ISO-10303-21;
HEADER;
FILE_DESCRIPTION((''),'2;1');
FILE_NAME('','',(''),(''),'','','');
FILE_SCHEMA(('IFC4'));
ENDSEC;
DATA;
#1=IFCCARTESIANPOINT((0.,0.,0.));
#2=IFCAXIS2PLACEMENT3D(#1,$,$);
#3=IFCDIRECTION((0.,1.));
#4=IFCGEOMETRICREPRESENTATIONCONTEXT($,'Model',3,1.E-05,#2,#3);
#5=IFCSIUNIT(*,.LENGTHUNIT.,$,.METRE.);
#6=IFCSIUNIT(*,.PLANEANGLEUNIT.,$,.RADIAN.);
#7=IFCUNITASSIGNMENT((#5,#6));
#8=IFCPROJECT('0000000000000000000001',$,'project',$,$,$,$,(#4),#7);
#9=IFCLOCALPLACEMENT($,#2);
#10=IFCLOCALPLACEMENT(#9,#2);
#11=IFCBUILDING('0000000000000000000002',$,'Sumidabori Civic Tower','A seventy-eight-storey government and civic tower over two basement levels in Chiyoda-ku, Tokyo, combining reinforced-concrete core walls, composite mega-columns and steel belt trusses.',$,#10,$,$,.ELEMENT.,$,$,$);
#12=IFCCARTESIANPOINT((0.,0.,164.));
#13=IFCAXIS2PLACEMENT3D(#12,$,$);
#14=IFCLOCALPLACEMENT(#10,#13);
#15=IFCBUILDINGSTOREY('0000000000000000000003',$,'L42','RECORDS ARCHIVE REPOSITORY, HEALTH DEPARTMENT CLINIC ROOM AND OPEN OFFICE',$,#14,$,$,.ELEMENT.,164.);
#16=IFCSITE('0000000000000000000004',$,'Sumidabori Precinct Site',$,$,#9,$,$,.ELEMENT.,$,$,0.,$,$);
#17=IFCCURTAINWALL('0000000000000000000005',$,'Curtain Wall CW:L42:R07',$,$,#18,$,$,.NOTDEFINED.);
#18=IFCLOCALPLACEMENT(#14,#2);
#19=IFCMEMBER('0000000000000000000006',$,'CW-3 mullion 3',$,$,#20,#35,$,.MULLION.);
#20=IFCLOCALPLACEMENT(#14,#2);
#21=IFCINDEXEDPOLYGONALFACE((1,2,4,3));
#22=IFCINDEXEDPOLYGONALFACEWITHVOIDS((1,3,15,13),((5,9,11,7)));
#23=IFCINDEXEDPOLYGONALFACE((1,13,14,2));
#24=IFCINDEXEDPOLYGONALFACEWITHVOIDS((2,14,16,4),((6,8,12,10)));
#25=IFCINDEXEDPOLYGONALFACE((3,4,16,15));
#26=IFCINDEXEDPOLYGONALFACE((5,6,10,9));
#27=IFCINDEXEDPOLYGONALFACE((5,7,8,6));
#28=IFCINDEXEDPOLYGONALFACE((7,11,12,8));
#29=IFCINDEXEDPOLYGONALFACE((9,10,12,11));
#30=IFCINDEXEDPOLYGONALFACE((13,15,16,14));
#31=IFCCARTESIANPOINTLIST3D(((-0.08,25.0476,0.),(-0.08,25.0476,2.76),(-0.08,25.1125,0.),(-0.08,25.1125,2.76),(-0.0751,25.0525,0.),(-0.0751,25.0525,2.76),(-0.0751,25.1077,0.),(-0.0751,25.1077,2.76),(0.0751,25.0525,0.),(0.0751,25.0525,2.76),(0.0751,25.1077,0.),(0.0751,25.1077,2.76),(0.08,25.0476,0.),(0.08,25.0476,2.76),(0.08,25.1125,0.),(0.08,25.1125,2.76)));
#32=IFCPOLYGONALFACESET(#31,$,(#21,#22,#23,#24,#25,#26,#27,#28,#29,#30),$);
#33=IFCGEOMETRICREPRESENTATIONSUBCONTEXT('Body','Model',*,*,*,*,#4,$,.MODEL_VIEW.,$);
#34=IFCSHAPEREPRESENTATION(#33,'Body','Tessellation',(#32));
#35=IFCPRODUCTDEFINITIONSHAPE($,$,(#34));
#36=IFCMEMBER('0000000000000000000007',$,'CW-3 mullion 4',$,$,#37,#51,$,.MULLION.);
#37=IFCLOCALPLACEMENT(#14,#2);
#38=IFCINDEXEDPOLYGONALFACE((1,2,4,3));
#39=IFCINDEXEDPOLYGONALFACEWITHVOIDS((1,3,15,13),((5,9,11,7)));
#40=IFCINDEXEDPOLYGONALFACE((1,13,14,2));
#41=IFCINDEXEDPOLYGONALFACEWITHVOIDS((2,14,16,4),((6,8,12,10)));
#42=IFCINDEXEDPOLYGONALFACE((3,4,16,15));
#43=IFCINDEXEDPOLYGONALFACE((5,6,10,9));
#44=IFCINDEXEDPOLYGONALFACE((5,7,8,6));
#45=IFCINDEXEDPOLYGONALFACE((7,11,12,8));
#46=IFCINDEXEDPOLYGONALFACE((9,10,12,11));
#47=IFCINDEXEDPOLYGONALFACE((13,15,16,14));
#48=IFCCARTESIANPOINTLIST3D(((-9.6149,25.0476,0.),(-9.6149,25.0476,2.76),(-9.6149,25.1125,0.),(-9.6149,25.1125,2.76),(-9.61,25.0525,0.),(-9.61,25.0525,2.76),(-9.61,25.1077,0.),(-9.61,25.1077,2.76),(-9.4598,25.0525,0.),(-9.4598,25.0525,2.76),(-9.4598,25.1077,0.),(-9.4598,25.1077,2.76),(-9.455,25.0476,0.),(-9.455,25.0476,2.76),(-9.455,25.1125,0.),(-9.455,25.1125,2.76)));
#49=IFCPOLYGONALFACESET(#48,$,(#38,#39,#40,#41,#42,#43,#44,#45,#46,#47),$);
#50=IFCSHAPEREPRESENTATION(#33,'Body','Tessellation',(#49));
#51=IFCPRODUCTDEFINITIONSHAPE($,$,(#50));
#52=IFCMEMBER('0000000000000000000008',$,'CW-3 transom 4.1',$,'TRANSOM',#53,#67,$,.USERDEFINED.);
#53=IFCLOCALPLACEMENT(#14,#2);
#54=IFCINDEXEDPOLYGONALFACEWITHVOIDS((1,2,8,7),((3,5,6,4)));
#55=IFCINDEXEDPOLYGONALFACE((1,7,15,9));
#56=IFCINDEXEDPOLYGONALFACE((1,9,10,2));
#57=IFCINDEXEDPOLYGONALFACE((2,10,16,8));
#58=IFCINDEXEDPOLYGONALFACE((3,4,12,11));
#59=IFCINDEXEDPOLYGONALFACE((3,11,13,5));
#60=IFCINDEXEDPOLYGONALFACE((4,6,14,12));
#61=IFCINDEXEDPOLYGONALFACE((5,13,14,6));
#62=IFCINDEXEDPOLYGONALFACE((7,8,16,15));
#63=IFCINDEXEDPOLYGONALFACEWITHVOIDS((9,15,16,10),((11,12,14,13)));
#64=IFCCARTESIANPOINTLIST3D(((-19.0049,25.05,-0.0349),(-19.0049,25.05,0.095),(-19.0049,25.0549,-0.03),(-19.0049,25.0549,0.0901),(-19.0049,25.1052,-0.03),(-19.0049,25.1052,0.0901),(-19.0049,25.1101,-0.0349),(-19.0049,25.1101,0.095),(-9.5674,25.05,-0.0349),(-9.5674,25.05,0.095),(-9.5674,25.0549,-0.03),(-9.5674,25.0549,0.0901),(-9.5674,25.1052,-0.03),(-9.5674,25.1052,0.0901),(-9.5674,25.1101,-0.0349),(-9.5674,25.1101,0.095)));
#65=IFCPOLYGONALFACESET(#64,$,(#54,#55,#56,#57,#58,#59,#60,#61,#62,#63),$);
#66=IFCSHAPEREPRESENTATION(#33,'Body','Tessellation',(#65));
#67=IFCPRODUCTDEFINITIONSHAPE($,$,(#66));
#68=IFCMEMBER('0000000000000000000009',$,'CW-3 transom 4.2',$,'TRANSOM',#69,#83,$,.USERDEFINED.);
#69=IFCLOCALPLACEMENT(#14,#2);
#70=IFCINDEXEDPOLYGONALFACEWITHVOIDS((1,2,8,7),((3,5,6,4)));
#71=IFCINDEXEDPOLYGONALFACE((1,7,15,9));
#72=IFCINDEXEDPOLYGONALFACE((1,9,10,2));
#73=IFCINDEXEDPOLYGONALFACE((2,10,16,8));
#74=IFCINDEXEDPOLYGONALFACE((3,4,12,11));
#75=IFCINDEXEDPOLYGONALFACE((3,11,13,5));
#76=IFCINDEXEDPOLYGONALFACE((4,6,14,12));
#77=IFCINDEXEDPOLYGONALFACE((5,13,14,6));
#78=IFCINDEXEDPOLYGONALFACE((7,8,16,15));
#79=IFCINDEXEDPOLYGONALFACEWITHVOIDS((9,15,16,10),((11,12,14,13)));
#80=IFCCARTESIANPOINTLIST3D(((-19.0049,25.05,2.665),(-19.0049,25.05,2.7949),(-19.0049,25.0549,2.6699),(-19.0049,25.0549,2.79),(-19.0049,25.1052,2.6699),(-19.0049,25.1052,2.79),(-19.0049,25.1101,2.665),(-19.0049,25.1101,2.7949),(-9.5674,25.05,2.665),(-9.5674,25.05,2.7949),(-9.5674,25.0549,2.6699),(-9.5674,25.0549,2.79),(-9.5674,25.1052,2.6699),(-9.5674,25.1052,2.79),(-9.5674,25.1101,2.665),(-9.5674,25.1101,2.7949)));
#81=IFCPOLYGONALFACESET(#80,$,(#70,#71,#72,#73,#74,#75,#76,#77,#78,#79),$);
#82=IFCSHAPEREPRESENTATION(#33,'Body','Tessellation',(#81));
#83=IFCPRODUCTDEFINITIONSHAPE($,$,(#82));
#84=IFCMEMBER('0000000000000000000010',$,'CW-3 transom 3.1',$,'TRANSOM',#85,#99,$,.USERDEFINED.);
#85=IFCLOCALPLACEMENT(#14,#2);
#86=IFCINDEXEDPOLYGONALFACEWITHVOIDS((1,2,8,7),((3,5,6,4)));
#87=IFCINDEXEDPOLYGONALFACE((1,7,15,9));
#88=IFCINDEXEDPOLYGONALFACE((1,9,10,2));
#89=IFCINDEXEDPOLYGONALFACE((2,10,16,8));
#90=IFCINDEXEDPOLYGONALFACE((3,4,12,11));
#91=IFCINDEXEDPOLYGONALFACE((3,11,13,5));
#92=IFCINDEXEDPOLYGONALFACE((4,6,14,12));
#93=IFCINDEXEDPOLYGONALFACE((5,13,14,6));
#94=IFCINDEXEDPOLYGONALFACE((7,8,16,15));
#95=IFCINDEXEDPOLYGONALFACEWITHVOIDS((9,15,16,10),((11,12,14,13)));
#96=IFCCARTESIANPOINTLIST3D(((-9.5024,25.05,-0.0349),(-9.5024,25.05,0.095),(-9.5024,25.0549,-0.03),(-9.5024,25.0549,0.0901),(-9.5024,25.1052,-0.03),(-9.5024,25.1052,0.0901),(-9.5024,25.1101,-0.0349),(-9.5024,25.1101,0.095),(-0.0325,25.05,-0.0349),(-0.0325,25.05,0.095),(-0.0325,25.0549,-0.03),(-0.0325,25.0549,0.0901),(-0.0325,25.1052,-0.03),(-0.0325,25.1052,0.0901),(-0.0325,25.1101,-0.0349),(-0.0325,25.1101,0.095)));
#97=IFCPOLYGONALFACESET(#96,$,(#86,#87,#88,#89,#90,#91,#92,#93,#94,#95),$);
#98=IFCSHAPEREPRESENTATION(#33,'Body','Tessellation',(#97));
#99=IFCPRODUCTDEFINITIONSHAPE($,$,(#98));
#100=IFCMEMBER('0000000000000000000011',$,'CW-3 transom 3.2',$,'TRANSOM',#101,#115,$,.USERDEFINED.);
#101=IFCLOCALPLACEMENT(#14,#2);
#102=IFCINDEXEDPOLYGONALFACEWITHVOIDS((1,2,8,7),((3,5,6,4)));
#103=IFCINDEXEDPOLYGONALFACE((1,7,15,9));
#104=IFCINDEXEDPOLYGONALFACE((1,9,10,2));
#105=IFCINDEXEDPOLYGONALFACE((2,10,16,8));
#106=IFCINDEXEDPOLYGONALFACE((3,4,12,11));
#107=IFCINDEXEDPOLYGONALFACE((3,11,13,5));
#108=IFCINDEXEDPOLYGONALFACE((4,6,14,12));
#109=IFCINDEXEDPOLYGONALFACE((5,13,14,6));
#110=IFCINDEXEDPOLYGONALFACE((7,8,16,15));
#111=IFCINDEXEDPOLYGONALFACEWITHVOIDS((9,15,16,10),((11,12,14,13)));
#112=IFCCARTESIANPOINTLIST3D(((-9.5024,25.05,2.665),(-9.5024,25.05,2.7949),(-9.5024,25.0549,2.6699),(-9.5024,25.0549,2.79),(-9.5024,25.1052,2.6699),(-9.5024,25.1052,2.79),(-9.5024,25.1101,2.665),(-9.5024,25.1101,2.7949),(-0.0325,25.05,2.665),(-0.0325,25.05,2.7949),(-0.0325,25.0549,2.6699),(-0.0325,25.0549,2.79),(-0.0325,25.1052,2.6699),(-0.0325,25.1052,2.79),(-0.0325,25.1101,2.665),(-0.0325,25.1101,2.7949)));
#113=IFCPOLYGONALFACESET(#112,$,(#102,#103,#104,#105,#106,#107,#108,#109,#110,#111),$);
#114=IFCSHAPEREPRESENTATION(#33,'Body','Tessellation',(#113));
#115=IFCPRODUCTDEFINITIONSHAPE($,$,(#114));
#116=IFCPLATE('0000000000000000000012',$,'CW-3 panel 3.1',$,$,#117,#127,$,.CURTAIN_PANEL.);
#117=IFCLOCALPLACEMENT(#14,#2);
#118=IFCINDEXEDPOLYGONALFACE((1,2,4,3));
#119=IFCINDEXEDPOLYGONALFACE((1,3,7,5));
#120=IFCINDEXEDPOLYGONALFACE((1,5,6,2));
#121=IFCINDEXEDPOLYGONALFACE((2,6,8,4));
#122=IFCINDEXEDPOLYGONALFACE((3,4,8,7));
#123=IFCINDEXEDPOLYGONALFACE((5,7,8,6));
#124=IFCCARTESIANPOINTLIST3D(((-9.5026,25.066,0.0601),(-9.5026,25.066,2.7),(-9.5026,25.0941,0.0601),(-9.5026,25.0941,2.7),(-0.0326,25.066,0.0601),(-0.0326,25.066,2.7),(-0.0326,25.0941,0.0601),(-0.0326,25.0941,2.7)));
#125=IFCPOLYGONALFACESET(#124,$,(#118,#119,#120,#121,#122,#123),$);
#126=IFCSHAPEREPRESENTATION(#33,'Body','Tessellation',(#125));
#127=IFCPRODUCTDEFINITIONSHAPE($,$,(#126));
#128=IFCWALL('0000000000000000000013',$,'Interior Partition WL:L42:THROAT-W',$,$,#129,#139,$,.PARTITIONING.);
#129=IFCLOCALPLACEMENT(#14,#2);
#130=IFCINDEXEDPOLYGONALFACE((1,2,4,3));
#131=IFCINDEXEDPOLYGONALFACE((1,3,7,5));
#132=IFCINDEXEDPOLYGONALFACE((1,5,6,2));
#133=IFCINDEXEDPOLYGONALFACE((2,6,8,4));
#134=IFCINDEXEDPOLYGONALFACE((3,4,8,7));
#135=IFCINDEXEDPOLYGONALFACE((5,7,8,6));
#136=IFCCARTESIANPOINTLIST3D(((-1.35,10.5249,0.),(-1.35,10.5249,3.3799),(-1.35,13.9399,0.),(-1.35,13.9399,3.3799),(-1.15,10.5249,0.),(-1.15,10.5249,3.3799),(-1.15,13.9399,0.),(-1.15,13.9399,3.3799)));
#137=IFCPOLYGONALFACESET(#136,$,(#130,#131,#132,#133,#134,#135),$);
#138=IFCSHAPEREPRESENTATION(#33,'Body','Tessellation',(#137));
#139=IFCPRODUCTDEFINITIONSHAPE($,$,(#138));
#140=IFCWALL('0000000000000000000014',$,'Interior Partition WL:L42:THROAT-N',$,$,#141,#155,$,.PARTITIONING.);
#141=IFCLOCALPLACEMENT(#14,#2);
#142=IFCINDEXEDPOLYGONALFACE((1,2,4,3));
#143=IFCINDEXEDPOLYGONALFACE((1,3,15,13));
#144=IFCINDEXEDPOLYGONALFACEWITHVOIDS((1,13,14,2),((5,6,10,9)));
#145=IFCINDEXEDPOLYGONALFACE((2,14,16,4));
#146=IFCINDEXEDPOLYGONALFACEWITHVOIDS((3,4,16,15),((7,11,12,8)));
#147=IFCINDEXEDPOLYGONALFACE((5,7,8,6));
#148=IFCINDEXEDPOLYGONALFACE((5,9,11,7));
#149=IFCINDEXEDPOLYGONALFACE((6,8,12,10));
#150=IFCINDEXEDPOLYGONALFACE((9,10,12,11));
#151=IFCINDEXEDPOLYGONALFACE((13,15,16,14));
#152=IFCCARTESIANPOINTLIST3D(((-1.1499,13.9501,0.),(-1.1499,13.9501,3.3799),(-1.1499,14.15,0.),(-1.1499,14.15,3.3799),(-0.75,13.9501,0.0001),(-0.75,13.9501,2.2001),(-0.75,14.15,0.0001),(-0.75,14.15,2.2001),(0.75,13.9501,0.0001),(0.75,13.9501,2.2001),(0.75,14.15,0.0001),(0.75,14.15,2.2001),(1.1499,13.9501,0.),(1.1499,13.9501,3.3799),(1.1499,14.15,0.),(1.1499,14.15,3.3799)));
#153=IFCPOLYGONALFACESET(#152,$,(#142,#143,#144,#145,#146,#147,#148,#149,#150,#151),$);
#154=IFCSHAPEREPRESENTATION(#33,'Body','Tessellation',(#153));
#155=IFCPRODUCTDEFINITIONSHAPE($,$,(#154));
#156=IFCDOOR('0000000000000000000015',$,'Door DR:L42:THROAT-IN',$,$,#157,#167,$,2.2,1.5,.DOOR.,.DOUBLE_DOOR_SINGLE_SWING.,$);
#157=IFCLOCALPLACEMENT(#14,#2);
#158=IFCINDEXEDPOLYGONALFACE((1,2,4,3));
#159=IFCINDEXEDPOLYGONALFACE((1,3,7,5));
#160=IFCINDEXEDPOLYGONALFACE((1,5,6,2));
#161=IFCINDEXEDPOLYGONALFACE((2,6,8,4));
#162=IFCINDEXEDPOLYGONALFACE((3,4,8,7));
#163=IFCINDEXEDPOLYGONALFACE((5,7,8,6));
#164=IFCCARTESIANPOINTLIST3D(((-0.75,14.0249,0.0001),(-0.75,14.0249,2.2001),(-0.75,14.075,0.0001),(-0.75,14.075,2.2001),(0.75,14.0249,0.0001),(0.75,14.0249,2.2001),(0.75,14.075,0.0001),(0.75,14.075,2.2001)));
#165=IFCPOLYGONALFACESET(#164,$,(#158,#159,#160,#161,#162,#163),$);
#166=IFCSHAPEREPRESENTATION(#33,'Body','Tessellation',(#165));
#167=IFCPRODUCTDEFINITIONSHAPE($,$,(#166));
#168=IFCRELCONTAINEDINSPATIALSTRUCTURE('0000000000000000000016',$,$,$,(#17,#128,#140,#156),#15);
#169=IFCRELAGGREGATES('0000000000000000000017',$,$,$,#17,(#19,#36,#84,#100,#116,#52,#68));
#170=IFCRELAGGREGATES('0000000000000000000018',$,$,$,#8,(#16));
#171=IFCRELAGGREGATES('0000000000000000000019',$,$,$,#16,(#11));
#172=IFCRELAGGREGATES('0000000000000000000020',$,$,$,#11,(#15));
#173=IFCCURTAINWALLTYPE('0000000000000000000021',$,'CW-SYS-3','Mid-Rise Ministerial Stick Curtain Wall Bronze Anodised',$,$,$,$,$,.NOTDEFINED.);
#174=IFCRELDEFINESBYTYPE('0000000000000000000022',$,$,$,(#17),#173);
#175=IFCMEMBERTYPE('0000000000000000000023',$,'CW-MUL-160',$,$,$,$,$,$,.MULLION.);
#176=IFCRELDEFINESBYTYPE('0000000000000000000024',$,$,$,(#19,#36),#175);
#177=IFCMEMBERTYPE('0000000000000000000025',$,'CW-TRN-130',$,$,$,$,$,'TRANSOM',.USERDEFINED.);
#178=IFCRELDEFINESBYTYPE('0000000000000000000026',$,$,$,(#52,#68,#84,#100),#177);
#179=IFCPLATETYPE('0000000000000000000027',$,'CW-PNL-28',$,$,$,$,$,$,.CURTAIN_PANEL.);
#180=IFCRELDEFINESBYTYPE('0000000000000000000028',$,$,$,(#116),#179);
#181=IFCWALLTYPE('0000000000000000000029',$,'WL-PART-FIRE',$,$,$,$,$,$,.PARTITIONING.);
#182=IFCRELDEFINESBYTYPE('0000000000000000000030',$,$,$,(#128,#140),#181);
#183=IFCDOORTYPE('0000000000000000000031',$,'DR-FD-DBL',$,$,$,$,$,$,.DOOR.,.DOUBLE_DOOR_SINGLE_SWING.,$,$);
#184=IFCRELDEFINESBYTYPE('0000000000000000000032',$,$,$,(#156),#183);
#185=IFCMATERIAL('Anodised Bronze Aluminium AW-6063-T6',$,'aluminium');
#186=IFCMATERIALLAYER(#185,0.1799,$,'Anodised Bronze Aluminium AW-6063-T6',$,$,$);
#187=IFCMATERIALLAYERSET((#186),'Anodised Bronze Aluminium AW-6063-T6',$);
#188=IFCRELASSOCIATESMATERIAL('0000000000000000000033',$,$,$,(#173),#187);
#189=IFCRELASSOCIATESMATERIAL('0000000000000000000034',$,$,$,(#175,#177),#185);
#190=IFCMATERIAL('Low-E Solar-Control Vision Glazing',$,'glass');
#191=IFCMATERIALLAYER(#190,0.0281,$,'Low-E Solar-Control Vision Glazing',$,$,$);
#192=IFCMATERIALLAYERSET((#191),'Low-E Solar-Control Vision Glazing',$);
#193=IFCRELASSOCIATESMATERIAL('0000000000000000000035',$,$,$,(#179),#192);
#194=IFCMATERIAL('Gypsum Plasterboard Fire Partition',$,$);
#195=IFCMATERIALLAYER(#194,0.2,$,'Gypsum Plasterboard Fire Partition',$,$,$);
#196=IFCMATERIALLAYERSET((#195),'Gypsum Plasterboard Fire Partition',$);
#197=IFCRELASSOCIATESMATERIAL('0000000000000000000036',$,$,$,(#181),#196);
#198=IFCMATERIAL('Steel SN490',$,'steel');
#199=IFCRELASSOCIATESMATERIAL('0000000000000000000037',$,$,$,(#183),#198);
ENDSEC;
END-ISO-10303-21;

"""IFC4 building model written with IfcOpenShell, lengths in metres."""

from ifc_helpers import new_model, si_unit, direction, frame, frame_2d, origin, origin_2d, place, context, subcontext, project, spatial, rectangle, hollow_rectangle, extrude, source, transform, mapped, material, layer, layer_set, material_profile, profile_set, type_object, element, fill, aggregate, save


model = new_model("IFC4")

# Units and contexts
model_context = context("Model", 3, precision=1e-05, world=origin(), true_north=direction((0.0, 1.0)))
body_context = subcontext(model_context, "Body", "Model", "MODEL_VIEW")
ifc_project = project(units=[si_unit("LENGTHUNIT", "METRE"), si_unit("PLANEANGLEUNIT", "RADIAN")], contexts=[model_context])

# Site, building, storey
site_placement = place(None, origin())
site = spatial("IfcSite", under=ifc_project, at=site_placement, Name="Sumidabori Precinct Site", CompositionType="ELEMENT", RefElevation=0.0)
building_placement = place(site_placement, origin())
building = spatial("IfcBuilding", under=site, at=building_placement, Name="Sumidabori Civic Tower", Description="A seventy-eight-storey government and civic tower over two basement levels in Chiyoda-ku, Tokyo, combining reinforced-concrete core walls, composite mega-columns and steel belt trusses.", CompositionType="ELEMENT")
storey_placement = place(building_placement, frame((0.0, 0.0, 164.0)))
storey = spatial("IfcBuildingStorey", under=building, at=storey_placement, Name="L42", Description="RECORDS ARCHIVE REPOSITORY, HEALTH DEPARTMENT CLINIC ROOM AND OPEN OFFICE", CompositionType="ELEMENT", Elevation=164.0)

# Curtain wall, members, plate
ifc_material_1 = material(Name="Anodised Bronze Aluminium AW-6063-T6", Category="aluminium")
ifc_layer_1 = layer(ifc_material_1, 0.1799, Name="Anodised Bronze Aluminium AW-6063-T6")
ifc_layer_set_1 = layer_set([ifc_layer_1], Name="Anodised Bronze Aluminium AW-6063-T6")
curtain_wall_type = type_object("IfcCurtainWallType", Name="CW-SYS-3", Description="Mid-Rise Ministerial Stick Curtain Wall Bronze Anodised", PredefinedType="NOTDEFINED", material=ifc_layer_set_1)
curtain_wall_placement = place(storey_placement, origin())
curtain_wall = element("IfcCurtainWall", 1, at=curtain_wall_placement, inside=storey, type_object=curtain_wall_type, Name="Curtain Wall CW:L42:R07", PredefinedType="NOTDEFINED")
ifc_material_profile_1 = material_profile(ifc_material_1, hollow_rectangle(XDim=0.0649, YDim=0.1599, WallThickness=0.0049, at=origin_2d()), Name="ALU MULLION 160x65")
ifc_profile_set_1 = profile_set([ifc_material_profile_1], Name="Anodised Bronze Aluminium AW-6063-T6")
member_type_1 = type_object("IfcMemberType", Name="CW-MUL-160", PredefinedType="MULLION", material=ifc_profile_set_1)
shared_shape_1 = source(origin(), body_context, "Body", "SweptSolid", [
    extrude(hollow_rectangle(XDim=0.0649, YDim=0.1599, WallThickness=0.0049, at=origin_2d()), origin(), (0.0, 0.0, 1.0), 2.76),
])
member_1_placement = place(storey_placement, frame((0.0, 25.0801, 0.0), z_axis=(0.0, 0.0, 1.0), x_axis=(0.0, -1.0, 0.0)))
member_1 = element("IfcMember", 2, at=member_1_placement, type_object=member_type_1, Name="CW-3 mullion 3", PredefinedType="MULLION", context=body_context, shape_type="MappedRepresentation", body=[
    mapped(shared_shape_1, transform((0.0, 0.0, 0.0), x_axis=(1.0, 0.0, 0.0), y_axis=(0.0, 1.0, 0.0), z_axis=(0.0, 0.0, 1.0), scale=1.0)),
])
member_2_placement = place(storey_placement, frame((-9.5349, 25.0801, 0.0), z_axis=(0.0, 0.0, 1.0), x_axis=(0.0, -1.0, 0.0)))
member_2 = element("IfcMember", 3, at=member_2_placement, type_object=member_type_1, Name="CW-3 mullion 4", PredefinedType="MULLION", context=body_context, shape_type="MappedRepresentation", body=[
    mapped(shared_shape_1, transform((0.0, 0.0, 0.0), x_axis=(1.0, 0.0, 0.0), y_axis=(0.0, 1.0, 0.0), z_axis=(0.0, 0.0, 1.0), scale=1.0)),
])
ifc_material_profile_2 = material_profile(ifc_material_1, hollow_rectangle(XDim=0.0601, YDim=0.1299, WallThickness=0.0049, at=origin_2d()), Name="ALU TRANSOM 130x60")
ifc_profile_set_2 = profile_set([ifc_material_profile_2], Name="Anodised Bronze Aluminium AW-6063-T6")
member_type_2 = type_object("IfcMemberType", Name="CW-TRN-130", ElementType="TRANSOM", PredefinedType="USERDEFINED", material=ifc_profile_set_2)
shared_shape_2 = source(origin(), body_context, "Body", "SweptSolid", [
    extrude(hollow_rectangle(XDim=0.0601, YDim=0.1299, WallThickness=0.0049, at=origin_2d()), origin(), (0.0, 0.0, 1.0), 9.4375),
])
member_3_placement = place(storey_placement, frame((-9.5674, 25.0801, 0.03), z_axis=(-1.0, 0.0, 0.0), x_axis=(0.0, -1.0, 0.0)))
member_3 = element("IfcMember", 4, at=member_3_placement, type_object=member_type_2, Name="CW-3 transom 4.1", ObjectType="TRANSOM", PredefinedType="USERDEFINED", context=body_context, shape_type="MappedRepresentation", body=[
    mapped(shared_shape_2, transform((0.0, 0.0, 0.0), x_axis=(1.0, 0.0, 0.0), y_axis=(0.0, 1.0, 0.0), z_axis=(0.0, 0.0, 1.0), scale=1.0)),
])
member_4_placement = place(storey_placement, frame((-9.5674, 25.0801, 2.73), z_axis=(-1.0, 0.0, 0.0), x_axis=(0.0, -1.0, 0.0)))
member_4 = element("IfcMember", 5, at=member_4_placement, type_object=member_type_2, Name="CW-3 transom 4.2", ObjectType="TRANSOM", PredefinedType="USERDEFINED", context=body_context, shape_type="MappedRepresentation", body=[
    mapped(shared_shape_2, transform((0.0, 0.0, 0.0), x_axis=(1.0, 0.0, 0.0), y_axis=(0.0, 1.0, 0.0), z_axis=(0.0, 0.0, 1.0), scale=1.0)),
])
shared_shape_3 = source(origin(), body_context, "Body", "SweptSolid", [
    extrude(hollow_rectangle(XDim=0.0601, YDim=0.1299, WallThickness=0.0049, at=origin_2d()), origin(), (0.0, 0.0, 1.0), 9.47),
])
member_5_placement = place(storey_placement, frame((-0.0325, 25.0801, 0.03), z_axis=(-1.0, 0.0, 0.0), x_axis=(0.0, -1.0, 0.0)))
member_5 = element("IfcMember", 6, at=member_5_placement, type_object=member_type_2, Name="CW-3 transom 3.1", ObjectType="TRANSOM", PredefinedType="USERDEFINED", context=body_context, shape_type="MappedRepresentation", body=[
    mapped(shared_shape_3, transform((0.0, 0.0, 0.0), x_axis=(1.0, 0.0, 0.0), y_axis=(0.0, 1.0, 0.0), z_axis=(0.0, 0.0, 1.0), scale=1.0)),
])
member_6_placement = place(storey_placement, frame((-0.0325, 25.0801, 2.73), z_axis=(-1.0, 0.0, 0.0), x_axis=(0.0, -1.0, 0.0)))
member_6 = element("IfcMember", 7, at=member_6_placement, type_object=member_type_2, Name="CW-3 transom 3.2", ObjectType="TRANSOM", PredefinedType="USERDEFINED", context=body_context, shape_type="MappedRepresentation", body=[
    mapped(shared_shape_3, transform((0.0, 0.0, 0.0), x_axis=(1.0, 0.0, 0.0), y_axis=(0.0, 1.0, 0.0), z_axis=(0.0, 0.0, 1.0), scale=1.0)),
])
ifc_material_2 = material(Name="Low-E Solar-Control Vision Glazing", Category="glass")
ifc_layer_2 = layer(ifc_material_2, 0.0281, Name="Low-E Solar-Control Vision Glazing")
ifc_layer_set_2 = layer_set([ifc_layer_2], Name="Low-E Solar-Control Vision Glazing")
plate_type = type_object("IfcPlateType", Name="CW-PNL-28", PredefinedType="CURTAIN_PANEL", material=ifc_layer_set_2)
shared_shape_4 = source(origin(), body_context, "Body", "SweptSolid", [
    extrude(rectangle(XDim=9.47, YDim=0.0281, at=origin_2d()), origin(), (0.0, 0.0, 1.0), 2.6399),
])
plate_placement = place(storey_placement, frame((-4.7676, 25.0801, 0.0601), z_axis=(0.0, 0.0, 1.0), x_axis=(-1.0, 0.0, 0.0)))
plate = element("IfcPlate", 8, at=plate_placement, type_object=plate_type, Name="CW-3 panel 3.1", PredefinedType="CURTAIN_PANEL", context=body_context, shape_type="MappedRepresentation", body=[
    mapped(shared_shape_4, transform((0.0, 0.0, 0.0), x_axis=(1.0, 0.0, 0.0), y_axis=(0.0, 1.0, 0.0), z_axis=(0.0, 0.0, 1.0), scale=1.0)),
])
aggregate(curtain_wall, [member_1, member_2, member_5, member_6, plate, member_3, member_4])

# Shared definitions
ifc_material_3 = material(Name="Gypsum Plasterboard Fire Partition")
ifc_layer_3 = layer(ifc_material_3, 0.2, Name="Gypsum Plasterboard Fire Partition")
ifc_layer_set_3 = layer_set([ifc_layer_3], Name="Gypsum Plasterboard Fire Partition")
wall_type_1 = type_object("IfcWallType", Name="WL-PART-FIRE", PredefinedType="PARTITIONING", material=ifc_layer_set_3)

# Wall
shared_shape_5 = source(origin(), body_context, "Body", "SweptSolid", [
    extrude(rectangle(XDim=3.415, YDim=0.2, at=frame_2d((1.7075, 0.0))), origin(), (0.0, 0.0, 1.0), 3.3799),
])
wall_1_placement = place(storey_placement, frame((-1.25, 10.5249, 0.0), z_axis=(0.0, 0.0, 1.0), x_axis=(0.0, 1.0, 0.0)))
element("IfcWall", 9, at=wall_1_placement, inside=storey, type_object=wall_type_1, Name="Interior Partition WL:L42:THROAT-W", PredefinedType="PARTITIONING", context=body_context, shape_type="MappedRepresentation", body=[
    mapped(shared_shape_5, transform((0.0, 0.0, 0.0), x_axis=(1.0, 0.0, 0.0), y_axis=(0.0, 1.0, 0.0), z_axis=(0.0, 0.0, 1.0), scale=1.0)),
])

# Wall, opening, door
shared_shape_6 = source(origin(), body_context, "Body", "SweptSolid", [
    extrude(rectangle(XDim=2.2998, YDim=0.2, at=frame_2d((1.1499, 0.0))), origin(), (0.0, 0.0, 1.0), 3.3799),
])
wall_2_placement = place(storey_placement, frame((-1.1499, 14.05, 0.0), z_axis=(0.0, 0.0, 1.0), x_axis=(1.0, 0.0, 0.0)))
wall_2 = element("IfcWall", 10, at=wall_2_placement, inside=storey, type_object=wall_type_1, Name="Interior Partition WL:L42:THROAT-N", PredefinedType="PARTITIONING", context=body_context, shape_type="MappedRepresentation", body=[
    mapped(shared_shape_6, transform((0.0, 0.0, 0.0), x_axis=(1.0, 0.0, 0.0), y_axis=(0.0, 1.0, 0.0), z_axis=(0.0, 0.0, 1.0), scale=1.0)),
])
opening_1_placement = place(wall_2_placement, frame((0.3999, 0.0, 0.0)))
opening_1 = element("IfcOpeningElement", 11, at=opening_1_placement, cuts=wall_2, PredefinedType="OPENING", context=body_context, shape_type="SweptSolid", body=[
    extrude(rectangle(XDim=1.5, YDim=2.2, at=frame_2d((0.75, 1.1001))), frame((0.0, 0.1118, 0.0), z_axis=(0.0, -1.0, 0.0), x_axis=(1.0, 0.0, 0.0)), (0.0, 0.0, 1.0), 0.2239),
])
ifc_material_4 = material(Name="Steel SN490", Category="steel")
door_type_1 = type_object("IfcDoorType", Name="DR-FD-DBL", OperationType="DOUBLE_DOOR_SINGLE_SWING", PredefinedType="DOOR", material=ifc_material_4)
shared_shape_7 = source(origin(), body_context, "Body", "SweptSolid", [
    extrude(rectangle(XDim=1.5, YDim=2.2, at=frame_2d((0.75, 1.1001))), frame((0.0, 0.0249, 0.0), z_axis=(0.0, -1.0, 0.0), x_axis=(1.0, 0.0, 0.0)), (0.0, 0.0, 1.0), 0.05),
])
door_1_placement = place(opening_1_placement, origin())
door_1 = element("IfcDoor", 12, at=door_1_placement, inside=storey, type_object=door_type_1, Name="Door DR:L42:THROAT-IN", OperationType="DOUBLE_DOOR_SINGLE_SWING", OverallHeight=2.2, OverallWidth=1.5, PredefinedType="DOOR", context=body_context, shape_type="MappedRepresentation", body=[
    mapped(shared_shape_7, transform((0.0, 0.0, 0.0), x_axis=(1.0, 0.0, 0.0), y_axis=(0.0, 1.0, 0.0), z_axis=(0.0, 0.0, 1.0), scale=1.0)),
])
fill(opening_1, door_1)

save(model, "model.ifc")
